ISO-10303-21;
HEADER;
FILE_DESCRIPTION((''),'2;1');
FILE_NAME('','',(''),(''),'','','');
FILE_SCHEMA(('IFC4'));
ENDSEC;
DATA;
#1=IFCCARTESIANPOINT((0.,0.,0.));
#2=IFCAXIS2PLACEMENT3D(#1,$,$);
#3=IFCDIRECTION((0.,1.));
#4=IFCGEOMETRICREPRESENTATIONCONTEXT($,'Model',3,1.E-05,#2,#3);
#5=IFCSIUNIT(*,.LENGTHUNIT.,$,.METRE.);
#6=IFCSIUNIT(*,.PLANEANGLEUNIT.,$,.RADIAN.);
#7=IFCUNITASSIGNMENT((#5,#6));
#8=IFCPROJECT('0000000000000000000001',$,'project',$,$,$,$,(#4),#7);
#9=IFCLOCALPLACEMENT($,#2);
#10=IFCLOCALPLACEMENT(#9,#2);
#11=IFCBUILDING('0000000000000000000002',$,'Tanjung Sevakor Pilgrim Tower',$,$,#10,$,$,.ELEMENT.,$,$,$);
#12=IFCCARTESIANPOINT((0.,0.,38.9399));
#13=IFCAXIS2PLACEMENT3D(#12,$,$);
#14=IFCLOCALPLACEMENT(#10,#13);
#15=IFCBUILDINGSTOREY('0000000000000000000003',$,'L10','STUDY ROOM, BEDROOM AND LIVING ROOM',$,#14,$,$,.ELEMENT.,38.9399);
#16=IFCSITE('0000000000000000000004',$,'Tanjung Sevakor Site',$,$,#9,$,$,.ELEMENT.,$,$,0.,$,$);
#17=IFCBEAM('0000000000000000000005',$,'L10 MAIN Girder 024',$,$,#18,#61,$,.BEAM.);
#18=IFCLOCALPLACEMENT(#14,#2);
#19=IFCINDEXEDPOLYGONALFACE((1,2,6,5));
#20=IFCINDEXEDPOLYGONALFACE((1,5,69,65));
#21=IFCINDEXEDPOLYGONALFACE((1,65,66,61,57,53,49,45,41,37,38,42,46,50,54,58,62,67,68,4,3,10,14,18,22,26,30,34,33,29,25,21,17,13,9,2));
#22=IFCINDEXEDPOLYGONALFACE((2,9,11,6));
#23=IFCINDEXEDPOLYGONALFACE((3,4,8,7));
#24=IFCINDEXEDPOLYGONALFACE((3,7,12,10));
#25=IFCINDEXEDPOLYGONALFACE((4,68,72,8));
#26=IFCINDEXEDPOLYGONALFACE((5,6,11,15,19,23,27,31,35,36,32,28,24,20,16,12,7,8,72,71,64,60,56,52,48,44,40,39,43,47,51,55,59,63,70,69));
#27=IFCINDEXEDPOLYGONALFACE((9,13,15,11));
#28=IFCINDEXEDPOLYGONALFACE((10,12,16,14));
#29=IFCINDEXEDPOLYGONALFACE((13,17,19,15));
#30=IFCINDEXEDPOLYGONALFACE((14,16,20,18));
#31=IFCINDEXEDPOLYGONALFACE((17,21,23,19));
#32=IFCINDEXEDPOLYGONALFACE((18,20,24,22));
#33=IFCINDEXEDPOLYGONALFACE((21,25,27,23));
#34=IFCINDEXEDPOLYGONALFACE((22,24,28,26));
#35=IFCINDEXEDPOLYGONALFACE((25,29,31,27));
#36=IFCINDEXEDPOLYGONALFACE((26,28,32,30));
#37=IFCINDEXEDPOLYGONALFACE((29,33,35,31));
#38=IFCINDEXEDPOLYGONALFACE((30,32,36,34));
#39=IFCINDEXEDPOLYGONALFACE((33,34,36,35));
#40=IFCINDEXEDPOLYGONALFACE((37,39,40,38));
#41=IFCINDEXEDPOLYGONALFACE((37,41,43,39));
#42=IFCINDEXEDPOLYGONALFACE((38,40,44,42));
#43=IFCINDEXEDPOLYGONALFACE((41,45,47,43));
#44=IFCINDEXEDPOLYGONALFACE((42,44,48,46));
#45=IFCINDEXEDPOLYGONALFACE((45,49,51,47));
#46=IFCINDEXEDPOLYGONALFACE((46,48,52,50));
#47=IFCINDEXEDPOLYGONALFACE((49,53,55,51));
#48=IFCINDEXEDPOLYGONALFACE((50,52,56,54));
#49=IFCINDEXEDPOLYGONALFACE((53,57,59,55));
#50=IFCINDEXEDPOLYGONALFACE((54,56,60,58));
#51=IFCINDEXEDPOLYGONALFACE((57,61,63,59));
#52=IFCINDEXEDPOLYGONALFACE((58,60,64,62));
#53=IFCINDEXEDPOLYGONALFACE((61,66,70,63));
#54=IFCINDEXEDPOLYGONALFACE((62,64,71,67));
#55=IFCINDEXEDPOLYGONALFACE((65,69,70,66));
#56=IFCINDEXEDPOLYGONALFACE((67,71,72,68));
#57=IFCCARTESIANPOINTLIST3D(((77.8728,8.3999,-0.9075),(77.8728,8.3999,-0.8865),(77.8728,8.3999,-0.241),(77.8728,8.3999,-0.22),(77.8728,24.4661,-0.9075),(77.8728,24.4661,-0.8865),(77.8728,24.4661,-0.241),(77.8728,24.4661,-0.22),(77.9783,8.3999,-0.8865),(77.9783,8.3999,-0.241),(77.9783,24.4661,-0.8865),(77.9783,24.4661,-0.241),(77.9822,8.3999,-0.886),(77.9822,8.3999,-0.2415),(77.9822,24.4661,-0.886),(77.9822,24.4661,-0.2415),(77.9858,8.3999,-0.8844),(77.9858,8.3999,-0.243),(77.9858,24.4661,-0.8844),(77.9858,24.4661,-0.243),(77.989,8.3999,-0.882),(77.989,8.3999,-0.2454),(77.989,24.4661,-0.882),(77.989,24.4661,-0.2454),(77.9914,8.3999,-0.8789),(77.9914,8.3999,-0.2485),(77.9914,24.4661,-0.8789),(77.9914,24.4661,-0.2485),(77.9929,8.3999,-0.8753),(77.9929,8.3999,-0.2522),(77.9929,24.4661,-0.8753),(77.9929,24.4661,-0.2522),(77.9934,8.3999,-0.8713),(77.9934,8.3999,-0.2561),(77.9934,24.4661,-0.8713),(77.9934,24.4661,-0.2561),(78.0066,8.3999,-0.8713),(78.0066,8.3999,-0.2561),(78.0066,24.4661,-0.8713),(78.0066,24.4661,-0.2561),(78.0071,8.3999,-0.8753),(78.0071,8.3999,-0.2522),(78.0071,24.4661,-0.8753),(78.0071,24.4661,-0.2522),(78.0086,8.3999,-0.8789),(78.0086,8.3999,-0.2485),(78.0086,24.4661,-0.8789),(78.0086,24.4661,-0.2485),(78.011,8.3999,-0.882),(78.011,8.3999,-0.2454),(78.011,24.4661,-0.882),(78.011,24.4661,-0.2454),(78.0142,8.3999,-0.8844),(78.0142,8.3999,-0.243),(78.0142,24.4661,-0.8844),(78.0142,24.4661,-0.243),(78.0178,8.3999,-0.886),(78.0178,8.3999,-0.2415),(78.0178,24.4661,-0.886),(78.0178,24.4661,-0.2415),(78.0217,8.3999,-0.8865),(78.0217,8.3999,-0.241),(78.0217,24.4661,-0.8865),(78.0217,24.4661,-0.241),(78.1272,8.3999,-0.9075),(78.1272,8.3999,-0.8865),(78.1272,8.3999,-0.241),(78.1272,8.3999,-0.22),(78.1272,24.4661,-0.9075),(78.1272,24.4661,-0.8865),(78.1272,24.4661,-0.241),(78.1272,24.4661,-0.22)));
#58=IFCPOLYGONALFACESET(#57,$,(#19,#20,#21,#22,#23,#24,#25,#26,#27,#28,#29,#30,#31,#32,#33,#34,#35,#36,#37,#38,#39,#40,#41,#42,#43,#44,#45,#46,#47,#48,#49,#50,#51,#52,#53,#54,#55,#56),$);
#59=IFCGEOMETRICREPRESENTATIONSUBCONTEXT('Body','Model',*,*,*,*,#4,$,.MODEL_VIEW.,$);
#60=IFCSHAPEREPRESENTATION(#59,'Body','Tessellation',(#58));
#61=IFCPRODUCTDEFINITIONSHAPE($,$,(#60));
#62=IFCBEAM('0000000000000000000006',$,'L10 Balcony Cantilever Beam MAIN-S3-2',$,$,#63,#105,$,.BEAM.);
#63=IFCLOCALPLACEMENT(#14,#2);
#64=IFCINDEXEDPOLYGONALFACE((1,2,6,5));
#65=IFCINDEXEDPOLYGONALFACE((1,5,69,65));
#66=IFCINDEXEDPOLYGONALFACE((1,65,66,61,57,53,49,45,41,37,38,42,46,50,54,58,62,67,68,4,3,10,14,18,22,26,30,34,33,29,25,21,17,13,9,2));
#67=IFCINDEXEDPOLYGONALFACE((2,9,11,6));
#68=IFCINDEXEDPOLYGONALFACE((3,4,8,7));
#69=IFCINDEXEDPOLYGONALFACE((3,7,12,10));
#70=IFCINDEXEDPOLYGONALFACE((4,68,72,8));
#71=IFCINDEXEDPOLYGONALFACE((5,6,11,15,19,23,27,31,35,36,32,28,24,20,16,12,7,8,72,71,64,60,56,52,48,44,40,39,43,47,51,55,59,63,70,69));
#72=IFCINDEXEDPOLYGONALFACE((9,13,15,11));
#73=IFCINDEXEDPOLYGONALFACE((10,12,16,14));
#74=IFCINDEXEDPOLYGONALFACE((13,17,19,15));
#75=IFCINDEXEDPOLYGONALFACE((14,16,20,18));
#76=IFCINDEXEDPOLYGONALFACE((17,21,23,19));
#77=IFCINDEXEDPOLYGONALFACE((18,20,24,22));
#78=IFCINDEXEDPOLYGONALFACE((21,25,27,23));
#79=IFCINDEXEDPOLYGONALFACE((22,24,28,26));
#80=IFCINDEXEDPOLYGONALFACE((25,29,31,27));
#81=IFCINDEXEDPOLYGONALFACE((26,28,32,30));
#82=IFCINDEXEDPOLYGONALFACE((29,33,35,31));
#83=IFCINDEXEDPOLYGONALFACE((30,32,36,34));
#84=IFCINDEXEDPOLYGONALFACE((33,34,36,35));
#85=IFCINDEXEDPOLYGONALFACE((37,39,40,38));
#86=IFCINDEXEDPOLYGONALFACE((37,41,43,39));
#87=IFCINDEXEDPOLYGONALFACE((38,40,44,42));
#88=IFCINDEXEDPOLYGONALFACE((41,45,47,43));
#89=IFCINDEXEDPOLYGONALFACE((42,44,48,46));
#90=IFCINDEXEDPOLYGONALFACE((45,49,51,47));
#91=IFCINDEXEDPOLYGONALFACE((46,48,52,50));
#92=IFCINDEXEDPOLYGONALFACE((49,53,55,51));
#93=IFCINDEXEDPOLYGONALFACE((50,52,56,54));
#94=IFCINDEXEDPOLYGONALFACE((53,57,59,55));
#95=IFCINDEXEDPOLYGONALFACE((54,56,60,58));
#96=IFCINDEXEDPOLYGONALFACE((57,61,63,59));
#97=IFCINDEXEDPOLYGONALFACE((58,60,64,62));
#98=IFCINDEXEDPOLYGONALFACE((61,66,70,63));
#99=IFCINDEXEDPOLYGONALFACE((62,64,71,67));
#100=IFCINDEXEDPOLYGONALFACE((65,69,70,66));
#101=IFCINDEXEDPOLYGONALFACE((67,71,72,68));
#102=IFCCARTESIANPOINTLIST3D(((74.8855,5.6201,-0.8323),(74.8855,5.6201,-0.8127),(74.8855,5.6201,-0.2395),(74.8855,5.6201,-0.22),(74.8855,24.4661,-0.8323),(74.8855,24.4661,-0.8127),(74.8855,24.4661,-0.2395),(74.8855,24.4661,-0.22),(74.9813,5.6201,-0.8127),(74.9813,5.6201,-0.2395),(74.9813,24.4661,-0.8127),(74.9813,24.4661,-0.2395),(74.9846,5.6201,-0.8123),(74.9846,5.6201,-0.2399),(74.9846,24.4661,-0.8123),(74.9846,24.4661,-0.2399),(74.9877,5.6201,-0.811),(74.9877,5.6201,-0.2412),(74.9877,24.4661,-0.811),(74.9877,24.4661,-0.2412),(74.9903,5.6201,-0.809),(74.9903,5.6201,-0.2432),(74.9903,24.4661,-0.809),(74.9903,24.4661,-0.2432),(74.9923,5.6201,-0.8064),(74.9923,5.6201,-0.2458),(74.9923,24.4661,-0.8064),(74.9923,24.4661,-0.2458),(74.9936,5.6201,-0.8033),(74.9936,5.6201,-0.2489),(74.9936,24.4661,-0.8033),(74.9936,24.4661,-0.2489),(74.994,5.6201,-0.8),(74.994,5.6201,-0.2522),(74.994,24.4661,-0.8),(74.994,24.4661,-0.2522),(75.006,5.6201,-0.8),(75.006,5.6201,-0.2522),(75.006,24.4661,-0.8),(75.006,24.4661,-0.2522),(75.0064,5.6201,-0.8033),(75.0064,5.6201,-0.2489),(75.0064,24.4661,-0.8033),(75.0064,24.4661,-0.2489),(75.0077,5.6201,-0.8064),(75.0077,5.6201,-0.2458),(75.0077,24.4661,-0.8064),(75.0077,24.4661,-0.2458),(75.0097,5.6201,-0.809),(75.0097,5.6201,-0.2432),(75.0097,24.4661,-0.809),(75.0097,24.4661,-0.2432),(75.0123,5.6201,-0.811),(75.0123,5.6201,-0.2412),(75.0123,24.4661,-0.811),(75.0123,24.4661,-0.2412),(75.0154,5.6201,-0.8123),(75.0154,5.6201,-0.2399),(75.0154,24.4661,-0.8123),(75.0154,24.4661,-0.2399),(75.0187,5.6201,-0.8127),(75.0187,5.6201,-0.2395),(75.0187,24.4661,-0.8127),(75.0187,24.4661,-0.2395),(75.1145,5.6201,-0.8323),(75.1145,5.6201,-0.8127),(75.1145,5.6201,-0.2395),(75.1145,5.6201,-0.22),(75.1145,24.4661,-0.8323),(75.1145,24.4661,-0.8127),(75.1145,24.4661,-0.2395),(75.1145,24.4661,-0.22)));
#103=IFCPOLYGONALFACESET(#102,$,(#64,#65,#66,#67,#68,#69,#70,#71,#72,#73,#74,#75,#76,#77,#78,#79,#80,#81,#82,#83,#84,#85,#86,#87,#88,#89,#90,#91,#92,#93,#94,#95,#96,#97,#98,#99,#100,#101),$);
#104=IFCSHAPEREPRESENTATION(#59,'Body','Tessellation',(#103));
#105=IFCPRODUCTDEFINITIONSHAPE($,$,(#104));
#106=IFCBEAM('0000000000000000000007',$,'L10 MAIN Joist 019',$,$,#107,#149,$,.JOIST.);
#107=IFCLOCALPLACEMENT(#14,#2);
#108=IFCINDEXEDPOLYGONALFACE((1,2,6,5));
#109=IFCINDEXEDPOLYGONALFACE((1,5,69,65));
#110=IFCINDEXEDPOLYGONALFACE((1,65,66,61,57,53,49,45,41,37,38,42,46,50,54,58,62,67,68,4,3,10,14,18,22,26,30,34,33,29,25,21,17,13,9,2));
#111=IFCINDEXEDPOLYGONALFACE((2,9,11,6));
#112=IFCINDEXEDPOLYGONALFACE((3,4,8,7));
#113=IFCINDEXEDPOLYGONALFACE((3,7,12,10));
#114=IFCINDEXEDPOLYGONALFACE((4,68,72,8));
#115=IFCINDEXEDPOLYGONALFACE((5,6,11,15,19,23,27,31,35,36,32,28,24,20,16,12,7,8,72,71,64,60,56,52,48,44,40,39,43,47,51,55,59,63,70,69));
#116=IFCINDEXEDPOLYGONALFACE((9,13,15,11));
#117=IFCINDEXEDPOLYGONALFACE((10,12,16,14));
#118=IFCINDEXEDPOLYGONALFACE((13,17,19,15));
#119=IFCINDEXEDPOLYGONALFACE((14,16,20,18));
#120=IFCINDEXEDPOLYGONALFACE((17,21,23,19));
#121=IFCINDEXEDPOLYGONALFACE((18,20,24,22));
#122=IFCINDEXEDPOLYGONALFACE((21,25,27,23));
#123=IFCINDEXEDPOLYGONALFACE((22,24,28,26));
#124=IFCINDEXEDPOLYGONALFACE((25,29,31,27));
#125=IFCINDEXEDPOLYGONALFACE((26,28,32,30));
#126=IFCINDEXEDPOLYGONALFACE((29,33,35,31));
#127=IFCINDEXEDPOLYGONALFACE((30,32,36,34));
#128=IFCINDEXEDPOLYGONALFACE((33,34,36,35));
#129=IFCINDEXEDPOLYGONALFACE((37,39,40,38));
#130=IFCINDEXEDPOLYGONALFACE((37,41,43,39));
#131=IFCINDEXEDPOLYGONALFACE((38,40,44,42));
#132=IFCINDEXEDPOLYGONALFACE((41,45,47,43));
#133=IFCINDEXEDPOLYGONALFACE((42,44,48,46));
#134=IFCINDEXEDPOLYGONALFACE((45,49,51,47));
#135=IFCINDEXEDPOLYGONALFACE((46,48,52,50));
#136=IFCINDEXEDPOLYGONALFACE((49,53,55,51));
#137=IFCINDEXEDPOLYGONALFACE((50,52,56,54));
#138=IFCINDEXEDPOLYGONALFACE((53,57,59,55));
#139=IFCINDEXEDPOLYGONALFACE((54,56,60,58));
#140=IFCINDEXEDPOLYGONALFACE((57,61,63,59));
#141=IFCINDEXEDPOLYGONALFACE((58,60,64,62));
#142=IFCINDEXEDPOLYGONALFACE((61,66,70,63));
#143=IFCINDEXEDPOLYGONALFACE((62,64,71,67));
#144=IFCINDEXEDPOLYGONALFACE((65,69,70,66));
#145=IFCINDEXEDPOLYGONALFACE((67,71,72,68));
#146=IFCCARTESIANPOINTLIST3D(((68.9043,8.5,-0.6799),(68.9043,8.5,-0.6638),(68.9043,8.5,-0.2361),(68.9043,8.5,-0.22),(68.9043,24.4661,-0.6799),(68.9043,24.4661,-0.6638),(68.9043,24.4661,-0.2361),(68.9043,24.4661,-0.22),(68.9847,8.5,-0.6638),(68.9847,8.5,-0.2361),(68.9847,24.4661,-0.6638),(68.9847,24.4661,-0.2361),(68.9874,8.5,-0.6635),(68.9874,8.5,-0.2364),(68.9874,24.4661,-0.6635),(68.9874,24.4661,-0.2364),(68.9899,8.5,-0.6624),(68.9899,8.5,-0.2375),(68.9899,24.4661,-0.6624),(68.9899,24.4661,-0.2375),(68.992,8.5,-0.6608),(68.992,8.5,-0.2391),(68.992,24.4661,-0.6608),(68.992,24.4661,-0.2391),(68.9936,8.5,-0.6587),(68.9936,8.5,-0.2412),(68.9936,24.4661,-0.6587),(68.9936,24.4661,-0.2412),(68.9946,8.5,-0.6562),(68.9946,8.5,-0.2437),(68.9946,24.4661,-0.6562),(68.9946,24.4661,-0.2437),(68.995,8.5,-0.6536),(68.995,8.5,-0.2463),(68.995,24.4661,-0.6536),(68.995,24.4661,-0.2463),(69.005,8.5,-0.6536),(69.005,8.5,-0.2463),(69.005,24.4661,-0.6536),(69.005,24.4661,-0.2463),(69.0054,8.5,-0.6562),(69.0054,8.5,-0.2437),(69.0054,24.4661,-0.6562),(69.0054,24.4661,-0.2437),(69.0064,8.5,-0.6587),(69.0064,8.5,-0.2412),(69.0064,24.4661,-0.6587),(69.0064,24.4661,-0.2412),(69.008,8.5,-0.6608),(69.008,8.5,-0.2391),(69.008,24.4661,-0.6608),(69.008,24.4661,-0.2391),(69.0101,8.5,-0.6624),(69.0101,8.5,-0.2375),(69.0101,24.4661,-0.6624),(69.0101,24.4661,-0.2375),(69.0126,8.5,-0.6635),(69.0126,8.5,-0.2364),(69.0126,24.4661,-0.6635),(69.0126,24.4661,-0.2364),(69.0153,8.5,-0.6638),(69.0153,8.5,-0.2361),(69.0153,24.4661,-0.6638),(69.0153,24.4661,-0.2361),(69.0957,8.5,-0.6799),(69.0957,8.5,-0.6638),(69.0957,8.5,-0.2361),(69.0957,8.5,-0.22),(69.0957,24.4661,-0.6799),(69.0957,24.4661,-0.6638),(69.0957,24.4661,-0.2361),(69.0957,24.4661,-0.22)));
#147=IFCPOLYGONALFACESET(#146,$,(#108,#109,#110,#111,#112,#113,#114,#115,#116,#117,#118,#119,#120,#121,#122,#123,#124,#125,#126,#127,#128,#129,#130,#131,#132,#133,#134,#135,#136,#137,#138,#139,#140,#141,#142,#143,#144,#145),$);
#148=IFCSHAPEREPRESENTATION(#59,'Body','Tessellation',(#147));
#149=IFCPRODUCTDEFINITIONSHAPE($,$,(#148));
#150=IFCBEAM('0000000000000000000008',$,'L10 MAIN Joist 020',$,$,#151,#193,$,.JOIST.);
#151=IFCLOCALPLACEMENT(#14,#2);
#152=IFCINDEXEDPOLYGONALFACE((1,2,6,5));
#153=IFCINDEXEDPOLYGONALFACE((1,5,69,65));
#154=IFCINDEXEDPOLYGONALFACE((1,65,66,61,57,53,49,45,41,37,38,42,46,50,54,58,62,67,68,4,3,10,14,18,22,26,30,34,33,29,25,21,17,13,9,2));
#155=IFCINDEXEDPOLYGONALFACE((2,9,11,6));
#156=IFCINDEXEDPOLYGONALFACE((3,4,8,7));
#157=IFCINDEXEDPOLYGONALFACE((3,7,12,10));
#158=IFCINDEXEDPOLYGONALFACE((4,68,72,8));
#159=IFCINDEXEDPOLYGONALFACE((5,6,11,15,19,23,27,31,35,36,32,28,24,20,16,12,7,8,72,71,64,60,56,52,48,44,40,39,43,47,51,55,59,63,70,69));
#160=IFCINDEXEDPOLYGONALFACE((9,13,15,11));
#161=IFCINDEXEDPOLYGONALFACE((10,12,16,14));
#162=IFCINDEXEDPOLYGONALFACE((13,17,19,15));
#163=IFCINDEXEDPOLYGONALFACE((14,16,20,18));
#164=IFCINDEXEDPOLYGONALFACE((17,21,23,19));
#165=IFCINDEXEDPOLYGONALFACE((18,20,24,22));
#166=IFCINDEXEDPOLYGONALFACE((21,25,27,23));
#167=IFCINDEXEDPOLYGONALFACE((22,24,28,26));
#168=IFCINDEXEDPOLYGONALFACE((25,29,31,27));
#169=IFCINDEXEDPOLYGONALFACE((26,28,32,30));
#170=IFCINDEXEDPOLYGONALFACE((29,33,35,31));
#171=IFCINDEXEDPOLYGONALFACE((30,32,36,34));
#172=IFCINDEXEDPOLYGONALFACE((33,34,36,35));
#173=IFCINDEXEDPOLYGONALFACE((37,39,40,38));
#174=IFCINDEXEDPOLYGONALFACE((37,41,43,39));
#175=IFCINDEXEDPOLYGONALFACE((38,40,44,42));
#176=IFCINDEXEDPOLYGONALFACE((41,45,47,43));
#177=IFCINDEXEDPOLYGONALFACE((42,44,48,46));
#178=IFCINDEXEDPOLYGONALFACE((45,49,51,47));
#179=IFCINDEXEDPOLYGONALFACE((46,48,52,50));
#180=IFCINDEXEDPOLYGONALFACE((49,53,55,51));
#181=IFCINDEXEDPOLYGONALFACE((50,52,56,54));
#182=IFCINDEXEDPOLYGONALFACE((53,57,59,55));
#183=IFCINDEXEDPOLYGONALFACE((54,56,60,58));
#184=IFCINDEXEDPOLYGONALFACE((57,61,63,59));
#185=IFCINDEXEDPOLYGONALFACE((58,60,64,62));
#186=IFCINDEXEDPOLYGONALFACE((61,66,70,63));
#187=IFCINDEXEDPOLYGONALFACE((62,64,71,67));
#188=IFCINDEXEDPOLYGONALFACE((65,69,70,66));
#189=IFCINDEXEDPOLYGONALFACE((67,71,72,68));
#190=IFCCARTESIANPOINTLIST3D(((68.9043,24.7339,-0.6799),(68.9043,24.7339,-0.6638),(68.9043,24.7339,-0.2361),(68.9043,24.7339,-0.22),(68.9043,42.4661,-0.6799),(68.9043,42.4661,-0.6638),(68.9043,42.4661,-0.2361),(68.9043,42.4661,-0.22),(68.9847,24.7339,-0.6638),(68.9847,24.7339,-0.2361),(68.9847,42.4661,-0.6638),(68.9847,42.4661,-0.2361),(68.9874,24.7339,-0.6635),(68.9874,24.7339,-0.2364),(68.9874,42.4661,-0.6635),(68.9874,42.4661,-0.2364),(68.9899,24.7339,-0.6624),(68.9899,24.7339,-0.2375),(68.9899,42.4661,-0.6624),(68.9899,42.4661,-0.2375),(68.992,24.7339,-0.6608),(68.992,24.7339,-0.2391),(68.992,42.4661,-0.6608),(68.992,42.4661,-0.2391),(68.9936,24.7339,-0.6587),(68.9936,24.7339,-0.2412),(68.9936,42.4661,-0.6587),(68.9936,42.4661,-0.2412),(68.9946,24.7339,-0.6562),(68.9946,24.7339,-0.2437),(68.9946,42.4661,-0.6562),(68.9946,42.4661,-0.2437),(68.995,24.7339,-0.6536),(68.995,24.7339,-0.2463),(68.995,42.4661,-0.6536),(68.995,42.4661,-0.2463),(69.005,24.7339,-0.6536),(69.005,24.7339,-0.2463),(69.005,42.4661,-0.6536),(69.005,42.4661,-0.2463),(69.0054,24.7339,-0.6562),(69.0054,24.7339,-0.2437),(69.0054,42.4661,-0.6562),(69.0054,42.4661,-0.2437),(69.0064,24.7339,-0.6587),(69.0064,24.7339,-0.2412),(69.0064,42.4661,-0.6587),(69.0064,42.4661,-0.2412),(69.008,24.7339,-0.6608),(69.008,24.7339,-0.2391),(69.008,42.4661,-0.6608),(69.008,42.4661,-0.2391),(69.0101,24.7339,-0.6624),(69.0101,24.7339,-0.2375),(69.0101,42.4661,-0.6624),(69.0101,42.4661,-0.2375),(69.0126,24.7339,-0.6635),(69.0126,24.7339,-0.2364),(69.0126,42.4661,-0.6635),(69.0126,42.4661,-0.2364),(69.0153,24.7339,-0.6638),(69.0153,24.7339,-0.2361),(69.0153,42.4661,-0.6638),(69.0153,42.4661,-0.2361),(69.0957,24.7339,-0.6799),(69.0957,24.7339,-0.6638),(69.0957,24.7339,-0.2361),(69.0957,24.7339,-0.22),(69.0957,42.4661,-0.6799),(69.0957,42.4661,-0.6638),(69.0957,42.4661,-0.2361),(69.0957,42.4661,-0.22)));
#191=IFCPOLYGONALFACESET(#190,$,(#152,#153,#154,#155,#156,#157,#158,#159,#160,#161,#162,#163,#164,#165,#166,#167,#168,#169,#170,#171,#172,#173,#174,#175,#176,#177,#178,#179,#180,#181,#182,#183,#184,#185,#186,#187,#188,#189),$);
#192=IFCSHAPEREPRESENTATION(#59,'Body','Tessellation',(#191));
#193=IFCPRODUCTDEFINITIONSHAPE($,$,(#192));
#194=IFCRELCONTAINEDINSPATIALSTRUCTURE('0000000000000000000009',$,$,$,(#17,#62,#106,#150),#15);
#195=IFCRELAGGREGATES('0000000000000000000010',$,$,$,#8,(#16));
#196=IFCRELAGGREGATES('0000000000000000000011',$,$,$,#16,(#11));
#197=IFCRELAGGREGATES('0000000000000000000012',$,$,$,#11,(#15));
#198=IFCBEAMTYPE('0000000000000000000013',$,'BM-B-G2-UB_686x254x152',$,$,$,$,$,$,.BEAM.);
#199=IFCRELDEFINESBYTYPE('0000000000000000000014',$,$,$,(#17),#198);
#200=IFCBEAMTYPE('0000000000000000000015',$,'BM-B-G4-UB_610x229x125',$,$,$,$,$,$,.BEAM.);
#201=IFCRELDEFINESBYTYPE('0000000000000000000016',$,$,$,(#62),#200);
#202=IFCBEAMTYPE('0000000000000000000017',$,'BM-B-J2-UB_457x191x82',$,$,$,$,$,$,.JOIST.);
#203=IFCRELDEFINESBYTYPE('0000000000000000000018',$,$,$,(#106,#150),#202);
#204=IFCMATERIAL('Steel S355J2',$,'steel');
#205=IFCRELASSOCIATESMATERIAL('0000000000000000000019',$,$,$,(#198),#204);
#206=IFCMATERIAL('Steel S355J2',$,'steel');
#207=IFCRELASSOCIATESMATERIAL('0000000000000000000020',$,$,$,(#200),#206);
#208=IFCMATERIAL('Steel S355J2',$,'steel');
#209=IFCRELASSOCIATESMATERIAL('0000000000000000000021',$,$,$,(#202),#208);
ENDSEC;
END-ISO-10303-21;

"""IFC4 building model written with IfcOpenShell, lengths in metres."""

from ifc_helpers import new_model, si_unit, direction, frame, origin, origin_2d, place, context, subcontext, project, spatial, i_section, extrude, material, material_profile, profile_set, type_object, element, save


model = new_model("IFC4")

# Units and contexts
model_context = context("Model", 3, precision=1e-05, world=origin(), true_north=direction((0.0, 1.0)))
body_context = subcontext(model_context, "Body", "Model", "MODEL_VIEW")
ifc_project = project(units=[si_unit("LENGTHUNIT", "METRE"), si_unit("PLANEANGLEUNIT", "RADIAN")], contexts=[model_context])

# Site, building, storey
site_placement = place(None, origin())
site = spatial("IfcSite", under=ifc_project, at=site_placement, Name="Tanjung Sevakor Site", CompositionType="ELEMENT", RefElevation=0.0)
building_placement = place(site_placement, origin())
building = spatial("IfcBuilding", under=site, at=building_placement, Name="Tanjung Sevakor Pilgrim Tower", CompositionType="ELEMENT")
storey_placement = place(building_placement, frame((0.0, 0.0, 38.9399)))
storey = spatial("IfcBuildingStorey", under=building, at=storey_placement, Name="L10", Description="STUDY ROOM, BEDROOM AND LIVING ROOM", CompositionType="ELEMENT", Elevation=38.9399)

# Beams
ifc_material_1 = material(Name="Steel S355J2", Category="steel")
ifc_material_profile_1 = material_profile(ifc_material_1, i_section(OverallWidth=0.2544, OverallDepth=0.6875, WebThickness=0.0132, FlangeThickness=0.021, FilletRadius=0.0151, at=origin_2d()))
ifc_profile_set_1 = profile_set([ifc_material_profile_1], Name="Steel S355J2")
beam_type_1 = type_object("IfcBeamType", Name="BM-B-G2-UB_686x254x152", PredefinedType="BEAM", material=ifc_profile_set_1)
beam_1_placement = place(storey_placement, frame((78.0, 8.3999, -0.5637), z_axis=(0.0, 1.0, 0.0), x_axis=(-1.0, 0.0, 0.0)))
element("IfcBeam", 1, at=beam_1_placement, inside=storey, type_object=beam_type_1, Name="L10 MAIN Girder 024", PredefinedType="BEAM", context=body_context, shape_type="SweptSolid", body=[
    extrude(i_section(OverallWidth=0.2544, OverallDepth=0.6875, WebThickness=0.0132, FlangeThickness=0.021, FilletRadius=0.0151, at=origin_2d()), origin(), (0.0, 0.0, 1.0), 16.0662),
])
ifc_material_2 = material(Name="Steel S355J2", Category="steel")
ifc_material_profile_2 = material_profile(ifc_material_2, i_section(OverallWidth=0.229, OverallDepth=0.6123, WebThickness=0.012, FlangeThickness=0.0195, FilletRadius=0.0127, at=origin_2d()))
ifc_profile_set_2 = profile_set([ifc_material_profile_2], Name="Steel S355J2")
beam_type_2 = type_object("IfcBeamType", Name="BM-B-G4-UB_610x229x125", PredefinedType="BEAM", material=ifc_profile_set_2)
beam_2_placement = place(storey_placement, frame((75.0, 24.4661, -0.5261), z_axis=(0.0, -1.0, 0.0), x_axis=(1.0, 0.0, 0.0)))
element("IfcBeam", 2, at=beam_2_placement, inside=storey, type_object=beam_type_2, Name="L10 Balcony Cantilever Beam MAIN-S3-2", PredefinedType="BEAM", context=body_context, shape_type="SweptSolid", body=[
    extrude(i_section(OverallWidth=0.229, OverallDepth=0.6123, WebThickness=0.012, FlangeThickness=0.0195, FilletRadius=0.0127, at=origin_2d()), origin(), (0.0, 0.0, 1.0), 18.8459),
])
ifc_material_3 = material(Name="Steel S355J2", Category="steel")
ifc_material_profile_3 = material_profile(ifc_material_3, i_section(OverallWidth=0.1914, OverallDepth=0.46, WebThickness=0.01, FlangeThickness=0.0161, FilletRadius=0.0103, at=origin_2d()))
ifc_profile_set_3 = profile_set([ifc_material_profile_3], Name="Steel S355J2")
beam_type_3 = type_object("IfcBeamType", Name="BM-B-J2-UB_457x191x82", PredefinedType="JOIST", material=ifc_profile_set_3)
beam_3_placement = place(storey_placement, frame((69.0, 8.5, -0.45), z_axis=(0.0, 1.0, 0.0), x_axis=(-1.0, 0.0, 0.0)))
element("IfcBeam", 3, at=beam_3_placement, inside=storey, type_object=beam_type_3, Name="L10 MAIN Joist 019", PredefinedType="JOIST", context=body_context, shape_type="SweptSolid", body=[
    extrude(i_section(OverallWidth=0.1914, OverallDepth=0.46, WebThickness=0.01, FlangeThickness=0.0161, FilletRadius=0.0103, at=origin_2d()), origin(), (0.0, 0.0, 1.0), 15.9661),
])
for number, where, z_axis, x_axis, name in (
    (4, (69.0, 24.7339, -0.45), (0.0, 1.0, 0.0), (-1.0, 0.0, 0.0), "L10 MAIN Joist 020"),
):
    element("IfcBeam", number, at=place(storey_placement, frame(where, z_axis=z_axis, x_axis=x_axis)), inside=storey, type_object=beam_type_3, Name=name, PredefinedType="JOIST", context=body_context, shape_type="SweptSolid", body=[
        extrude(i_section(OverallWidth=0.1914, OverallDepth=0.46, WebThickness=0.01, FlangeThickness=0.0161, FilletRadius=0.0103, at=origin_2d()), origin(), (0.0, 0.0, 1.0), 17.7322),
    ])

save(model, "model.ifc")
